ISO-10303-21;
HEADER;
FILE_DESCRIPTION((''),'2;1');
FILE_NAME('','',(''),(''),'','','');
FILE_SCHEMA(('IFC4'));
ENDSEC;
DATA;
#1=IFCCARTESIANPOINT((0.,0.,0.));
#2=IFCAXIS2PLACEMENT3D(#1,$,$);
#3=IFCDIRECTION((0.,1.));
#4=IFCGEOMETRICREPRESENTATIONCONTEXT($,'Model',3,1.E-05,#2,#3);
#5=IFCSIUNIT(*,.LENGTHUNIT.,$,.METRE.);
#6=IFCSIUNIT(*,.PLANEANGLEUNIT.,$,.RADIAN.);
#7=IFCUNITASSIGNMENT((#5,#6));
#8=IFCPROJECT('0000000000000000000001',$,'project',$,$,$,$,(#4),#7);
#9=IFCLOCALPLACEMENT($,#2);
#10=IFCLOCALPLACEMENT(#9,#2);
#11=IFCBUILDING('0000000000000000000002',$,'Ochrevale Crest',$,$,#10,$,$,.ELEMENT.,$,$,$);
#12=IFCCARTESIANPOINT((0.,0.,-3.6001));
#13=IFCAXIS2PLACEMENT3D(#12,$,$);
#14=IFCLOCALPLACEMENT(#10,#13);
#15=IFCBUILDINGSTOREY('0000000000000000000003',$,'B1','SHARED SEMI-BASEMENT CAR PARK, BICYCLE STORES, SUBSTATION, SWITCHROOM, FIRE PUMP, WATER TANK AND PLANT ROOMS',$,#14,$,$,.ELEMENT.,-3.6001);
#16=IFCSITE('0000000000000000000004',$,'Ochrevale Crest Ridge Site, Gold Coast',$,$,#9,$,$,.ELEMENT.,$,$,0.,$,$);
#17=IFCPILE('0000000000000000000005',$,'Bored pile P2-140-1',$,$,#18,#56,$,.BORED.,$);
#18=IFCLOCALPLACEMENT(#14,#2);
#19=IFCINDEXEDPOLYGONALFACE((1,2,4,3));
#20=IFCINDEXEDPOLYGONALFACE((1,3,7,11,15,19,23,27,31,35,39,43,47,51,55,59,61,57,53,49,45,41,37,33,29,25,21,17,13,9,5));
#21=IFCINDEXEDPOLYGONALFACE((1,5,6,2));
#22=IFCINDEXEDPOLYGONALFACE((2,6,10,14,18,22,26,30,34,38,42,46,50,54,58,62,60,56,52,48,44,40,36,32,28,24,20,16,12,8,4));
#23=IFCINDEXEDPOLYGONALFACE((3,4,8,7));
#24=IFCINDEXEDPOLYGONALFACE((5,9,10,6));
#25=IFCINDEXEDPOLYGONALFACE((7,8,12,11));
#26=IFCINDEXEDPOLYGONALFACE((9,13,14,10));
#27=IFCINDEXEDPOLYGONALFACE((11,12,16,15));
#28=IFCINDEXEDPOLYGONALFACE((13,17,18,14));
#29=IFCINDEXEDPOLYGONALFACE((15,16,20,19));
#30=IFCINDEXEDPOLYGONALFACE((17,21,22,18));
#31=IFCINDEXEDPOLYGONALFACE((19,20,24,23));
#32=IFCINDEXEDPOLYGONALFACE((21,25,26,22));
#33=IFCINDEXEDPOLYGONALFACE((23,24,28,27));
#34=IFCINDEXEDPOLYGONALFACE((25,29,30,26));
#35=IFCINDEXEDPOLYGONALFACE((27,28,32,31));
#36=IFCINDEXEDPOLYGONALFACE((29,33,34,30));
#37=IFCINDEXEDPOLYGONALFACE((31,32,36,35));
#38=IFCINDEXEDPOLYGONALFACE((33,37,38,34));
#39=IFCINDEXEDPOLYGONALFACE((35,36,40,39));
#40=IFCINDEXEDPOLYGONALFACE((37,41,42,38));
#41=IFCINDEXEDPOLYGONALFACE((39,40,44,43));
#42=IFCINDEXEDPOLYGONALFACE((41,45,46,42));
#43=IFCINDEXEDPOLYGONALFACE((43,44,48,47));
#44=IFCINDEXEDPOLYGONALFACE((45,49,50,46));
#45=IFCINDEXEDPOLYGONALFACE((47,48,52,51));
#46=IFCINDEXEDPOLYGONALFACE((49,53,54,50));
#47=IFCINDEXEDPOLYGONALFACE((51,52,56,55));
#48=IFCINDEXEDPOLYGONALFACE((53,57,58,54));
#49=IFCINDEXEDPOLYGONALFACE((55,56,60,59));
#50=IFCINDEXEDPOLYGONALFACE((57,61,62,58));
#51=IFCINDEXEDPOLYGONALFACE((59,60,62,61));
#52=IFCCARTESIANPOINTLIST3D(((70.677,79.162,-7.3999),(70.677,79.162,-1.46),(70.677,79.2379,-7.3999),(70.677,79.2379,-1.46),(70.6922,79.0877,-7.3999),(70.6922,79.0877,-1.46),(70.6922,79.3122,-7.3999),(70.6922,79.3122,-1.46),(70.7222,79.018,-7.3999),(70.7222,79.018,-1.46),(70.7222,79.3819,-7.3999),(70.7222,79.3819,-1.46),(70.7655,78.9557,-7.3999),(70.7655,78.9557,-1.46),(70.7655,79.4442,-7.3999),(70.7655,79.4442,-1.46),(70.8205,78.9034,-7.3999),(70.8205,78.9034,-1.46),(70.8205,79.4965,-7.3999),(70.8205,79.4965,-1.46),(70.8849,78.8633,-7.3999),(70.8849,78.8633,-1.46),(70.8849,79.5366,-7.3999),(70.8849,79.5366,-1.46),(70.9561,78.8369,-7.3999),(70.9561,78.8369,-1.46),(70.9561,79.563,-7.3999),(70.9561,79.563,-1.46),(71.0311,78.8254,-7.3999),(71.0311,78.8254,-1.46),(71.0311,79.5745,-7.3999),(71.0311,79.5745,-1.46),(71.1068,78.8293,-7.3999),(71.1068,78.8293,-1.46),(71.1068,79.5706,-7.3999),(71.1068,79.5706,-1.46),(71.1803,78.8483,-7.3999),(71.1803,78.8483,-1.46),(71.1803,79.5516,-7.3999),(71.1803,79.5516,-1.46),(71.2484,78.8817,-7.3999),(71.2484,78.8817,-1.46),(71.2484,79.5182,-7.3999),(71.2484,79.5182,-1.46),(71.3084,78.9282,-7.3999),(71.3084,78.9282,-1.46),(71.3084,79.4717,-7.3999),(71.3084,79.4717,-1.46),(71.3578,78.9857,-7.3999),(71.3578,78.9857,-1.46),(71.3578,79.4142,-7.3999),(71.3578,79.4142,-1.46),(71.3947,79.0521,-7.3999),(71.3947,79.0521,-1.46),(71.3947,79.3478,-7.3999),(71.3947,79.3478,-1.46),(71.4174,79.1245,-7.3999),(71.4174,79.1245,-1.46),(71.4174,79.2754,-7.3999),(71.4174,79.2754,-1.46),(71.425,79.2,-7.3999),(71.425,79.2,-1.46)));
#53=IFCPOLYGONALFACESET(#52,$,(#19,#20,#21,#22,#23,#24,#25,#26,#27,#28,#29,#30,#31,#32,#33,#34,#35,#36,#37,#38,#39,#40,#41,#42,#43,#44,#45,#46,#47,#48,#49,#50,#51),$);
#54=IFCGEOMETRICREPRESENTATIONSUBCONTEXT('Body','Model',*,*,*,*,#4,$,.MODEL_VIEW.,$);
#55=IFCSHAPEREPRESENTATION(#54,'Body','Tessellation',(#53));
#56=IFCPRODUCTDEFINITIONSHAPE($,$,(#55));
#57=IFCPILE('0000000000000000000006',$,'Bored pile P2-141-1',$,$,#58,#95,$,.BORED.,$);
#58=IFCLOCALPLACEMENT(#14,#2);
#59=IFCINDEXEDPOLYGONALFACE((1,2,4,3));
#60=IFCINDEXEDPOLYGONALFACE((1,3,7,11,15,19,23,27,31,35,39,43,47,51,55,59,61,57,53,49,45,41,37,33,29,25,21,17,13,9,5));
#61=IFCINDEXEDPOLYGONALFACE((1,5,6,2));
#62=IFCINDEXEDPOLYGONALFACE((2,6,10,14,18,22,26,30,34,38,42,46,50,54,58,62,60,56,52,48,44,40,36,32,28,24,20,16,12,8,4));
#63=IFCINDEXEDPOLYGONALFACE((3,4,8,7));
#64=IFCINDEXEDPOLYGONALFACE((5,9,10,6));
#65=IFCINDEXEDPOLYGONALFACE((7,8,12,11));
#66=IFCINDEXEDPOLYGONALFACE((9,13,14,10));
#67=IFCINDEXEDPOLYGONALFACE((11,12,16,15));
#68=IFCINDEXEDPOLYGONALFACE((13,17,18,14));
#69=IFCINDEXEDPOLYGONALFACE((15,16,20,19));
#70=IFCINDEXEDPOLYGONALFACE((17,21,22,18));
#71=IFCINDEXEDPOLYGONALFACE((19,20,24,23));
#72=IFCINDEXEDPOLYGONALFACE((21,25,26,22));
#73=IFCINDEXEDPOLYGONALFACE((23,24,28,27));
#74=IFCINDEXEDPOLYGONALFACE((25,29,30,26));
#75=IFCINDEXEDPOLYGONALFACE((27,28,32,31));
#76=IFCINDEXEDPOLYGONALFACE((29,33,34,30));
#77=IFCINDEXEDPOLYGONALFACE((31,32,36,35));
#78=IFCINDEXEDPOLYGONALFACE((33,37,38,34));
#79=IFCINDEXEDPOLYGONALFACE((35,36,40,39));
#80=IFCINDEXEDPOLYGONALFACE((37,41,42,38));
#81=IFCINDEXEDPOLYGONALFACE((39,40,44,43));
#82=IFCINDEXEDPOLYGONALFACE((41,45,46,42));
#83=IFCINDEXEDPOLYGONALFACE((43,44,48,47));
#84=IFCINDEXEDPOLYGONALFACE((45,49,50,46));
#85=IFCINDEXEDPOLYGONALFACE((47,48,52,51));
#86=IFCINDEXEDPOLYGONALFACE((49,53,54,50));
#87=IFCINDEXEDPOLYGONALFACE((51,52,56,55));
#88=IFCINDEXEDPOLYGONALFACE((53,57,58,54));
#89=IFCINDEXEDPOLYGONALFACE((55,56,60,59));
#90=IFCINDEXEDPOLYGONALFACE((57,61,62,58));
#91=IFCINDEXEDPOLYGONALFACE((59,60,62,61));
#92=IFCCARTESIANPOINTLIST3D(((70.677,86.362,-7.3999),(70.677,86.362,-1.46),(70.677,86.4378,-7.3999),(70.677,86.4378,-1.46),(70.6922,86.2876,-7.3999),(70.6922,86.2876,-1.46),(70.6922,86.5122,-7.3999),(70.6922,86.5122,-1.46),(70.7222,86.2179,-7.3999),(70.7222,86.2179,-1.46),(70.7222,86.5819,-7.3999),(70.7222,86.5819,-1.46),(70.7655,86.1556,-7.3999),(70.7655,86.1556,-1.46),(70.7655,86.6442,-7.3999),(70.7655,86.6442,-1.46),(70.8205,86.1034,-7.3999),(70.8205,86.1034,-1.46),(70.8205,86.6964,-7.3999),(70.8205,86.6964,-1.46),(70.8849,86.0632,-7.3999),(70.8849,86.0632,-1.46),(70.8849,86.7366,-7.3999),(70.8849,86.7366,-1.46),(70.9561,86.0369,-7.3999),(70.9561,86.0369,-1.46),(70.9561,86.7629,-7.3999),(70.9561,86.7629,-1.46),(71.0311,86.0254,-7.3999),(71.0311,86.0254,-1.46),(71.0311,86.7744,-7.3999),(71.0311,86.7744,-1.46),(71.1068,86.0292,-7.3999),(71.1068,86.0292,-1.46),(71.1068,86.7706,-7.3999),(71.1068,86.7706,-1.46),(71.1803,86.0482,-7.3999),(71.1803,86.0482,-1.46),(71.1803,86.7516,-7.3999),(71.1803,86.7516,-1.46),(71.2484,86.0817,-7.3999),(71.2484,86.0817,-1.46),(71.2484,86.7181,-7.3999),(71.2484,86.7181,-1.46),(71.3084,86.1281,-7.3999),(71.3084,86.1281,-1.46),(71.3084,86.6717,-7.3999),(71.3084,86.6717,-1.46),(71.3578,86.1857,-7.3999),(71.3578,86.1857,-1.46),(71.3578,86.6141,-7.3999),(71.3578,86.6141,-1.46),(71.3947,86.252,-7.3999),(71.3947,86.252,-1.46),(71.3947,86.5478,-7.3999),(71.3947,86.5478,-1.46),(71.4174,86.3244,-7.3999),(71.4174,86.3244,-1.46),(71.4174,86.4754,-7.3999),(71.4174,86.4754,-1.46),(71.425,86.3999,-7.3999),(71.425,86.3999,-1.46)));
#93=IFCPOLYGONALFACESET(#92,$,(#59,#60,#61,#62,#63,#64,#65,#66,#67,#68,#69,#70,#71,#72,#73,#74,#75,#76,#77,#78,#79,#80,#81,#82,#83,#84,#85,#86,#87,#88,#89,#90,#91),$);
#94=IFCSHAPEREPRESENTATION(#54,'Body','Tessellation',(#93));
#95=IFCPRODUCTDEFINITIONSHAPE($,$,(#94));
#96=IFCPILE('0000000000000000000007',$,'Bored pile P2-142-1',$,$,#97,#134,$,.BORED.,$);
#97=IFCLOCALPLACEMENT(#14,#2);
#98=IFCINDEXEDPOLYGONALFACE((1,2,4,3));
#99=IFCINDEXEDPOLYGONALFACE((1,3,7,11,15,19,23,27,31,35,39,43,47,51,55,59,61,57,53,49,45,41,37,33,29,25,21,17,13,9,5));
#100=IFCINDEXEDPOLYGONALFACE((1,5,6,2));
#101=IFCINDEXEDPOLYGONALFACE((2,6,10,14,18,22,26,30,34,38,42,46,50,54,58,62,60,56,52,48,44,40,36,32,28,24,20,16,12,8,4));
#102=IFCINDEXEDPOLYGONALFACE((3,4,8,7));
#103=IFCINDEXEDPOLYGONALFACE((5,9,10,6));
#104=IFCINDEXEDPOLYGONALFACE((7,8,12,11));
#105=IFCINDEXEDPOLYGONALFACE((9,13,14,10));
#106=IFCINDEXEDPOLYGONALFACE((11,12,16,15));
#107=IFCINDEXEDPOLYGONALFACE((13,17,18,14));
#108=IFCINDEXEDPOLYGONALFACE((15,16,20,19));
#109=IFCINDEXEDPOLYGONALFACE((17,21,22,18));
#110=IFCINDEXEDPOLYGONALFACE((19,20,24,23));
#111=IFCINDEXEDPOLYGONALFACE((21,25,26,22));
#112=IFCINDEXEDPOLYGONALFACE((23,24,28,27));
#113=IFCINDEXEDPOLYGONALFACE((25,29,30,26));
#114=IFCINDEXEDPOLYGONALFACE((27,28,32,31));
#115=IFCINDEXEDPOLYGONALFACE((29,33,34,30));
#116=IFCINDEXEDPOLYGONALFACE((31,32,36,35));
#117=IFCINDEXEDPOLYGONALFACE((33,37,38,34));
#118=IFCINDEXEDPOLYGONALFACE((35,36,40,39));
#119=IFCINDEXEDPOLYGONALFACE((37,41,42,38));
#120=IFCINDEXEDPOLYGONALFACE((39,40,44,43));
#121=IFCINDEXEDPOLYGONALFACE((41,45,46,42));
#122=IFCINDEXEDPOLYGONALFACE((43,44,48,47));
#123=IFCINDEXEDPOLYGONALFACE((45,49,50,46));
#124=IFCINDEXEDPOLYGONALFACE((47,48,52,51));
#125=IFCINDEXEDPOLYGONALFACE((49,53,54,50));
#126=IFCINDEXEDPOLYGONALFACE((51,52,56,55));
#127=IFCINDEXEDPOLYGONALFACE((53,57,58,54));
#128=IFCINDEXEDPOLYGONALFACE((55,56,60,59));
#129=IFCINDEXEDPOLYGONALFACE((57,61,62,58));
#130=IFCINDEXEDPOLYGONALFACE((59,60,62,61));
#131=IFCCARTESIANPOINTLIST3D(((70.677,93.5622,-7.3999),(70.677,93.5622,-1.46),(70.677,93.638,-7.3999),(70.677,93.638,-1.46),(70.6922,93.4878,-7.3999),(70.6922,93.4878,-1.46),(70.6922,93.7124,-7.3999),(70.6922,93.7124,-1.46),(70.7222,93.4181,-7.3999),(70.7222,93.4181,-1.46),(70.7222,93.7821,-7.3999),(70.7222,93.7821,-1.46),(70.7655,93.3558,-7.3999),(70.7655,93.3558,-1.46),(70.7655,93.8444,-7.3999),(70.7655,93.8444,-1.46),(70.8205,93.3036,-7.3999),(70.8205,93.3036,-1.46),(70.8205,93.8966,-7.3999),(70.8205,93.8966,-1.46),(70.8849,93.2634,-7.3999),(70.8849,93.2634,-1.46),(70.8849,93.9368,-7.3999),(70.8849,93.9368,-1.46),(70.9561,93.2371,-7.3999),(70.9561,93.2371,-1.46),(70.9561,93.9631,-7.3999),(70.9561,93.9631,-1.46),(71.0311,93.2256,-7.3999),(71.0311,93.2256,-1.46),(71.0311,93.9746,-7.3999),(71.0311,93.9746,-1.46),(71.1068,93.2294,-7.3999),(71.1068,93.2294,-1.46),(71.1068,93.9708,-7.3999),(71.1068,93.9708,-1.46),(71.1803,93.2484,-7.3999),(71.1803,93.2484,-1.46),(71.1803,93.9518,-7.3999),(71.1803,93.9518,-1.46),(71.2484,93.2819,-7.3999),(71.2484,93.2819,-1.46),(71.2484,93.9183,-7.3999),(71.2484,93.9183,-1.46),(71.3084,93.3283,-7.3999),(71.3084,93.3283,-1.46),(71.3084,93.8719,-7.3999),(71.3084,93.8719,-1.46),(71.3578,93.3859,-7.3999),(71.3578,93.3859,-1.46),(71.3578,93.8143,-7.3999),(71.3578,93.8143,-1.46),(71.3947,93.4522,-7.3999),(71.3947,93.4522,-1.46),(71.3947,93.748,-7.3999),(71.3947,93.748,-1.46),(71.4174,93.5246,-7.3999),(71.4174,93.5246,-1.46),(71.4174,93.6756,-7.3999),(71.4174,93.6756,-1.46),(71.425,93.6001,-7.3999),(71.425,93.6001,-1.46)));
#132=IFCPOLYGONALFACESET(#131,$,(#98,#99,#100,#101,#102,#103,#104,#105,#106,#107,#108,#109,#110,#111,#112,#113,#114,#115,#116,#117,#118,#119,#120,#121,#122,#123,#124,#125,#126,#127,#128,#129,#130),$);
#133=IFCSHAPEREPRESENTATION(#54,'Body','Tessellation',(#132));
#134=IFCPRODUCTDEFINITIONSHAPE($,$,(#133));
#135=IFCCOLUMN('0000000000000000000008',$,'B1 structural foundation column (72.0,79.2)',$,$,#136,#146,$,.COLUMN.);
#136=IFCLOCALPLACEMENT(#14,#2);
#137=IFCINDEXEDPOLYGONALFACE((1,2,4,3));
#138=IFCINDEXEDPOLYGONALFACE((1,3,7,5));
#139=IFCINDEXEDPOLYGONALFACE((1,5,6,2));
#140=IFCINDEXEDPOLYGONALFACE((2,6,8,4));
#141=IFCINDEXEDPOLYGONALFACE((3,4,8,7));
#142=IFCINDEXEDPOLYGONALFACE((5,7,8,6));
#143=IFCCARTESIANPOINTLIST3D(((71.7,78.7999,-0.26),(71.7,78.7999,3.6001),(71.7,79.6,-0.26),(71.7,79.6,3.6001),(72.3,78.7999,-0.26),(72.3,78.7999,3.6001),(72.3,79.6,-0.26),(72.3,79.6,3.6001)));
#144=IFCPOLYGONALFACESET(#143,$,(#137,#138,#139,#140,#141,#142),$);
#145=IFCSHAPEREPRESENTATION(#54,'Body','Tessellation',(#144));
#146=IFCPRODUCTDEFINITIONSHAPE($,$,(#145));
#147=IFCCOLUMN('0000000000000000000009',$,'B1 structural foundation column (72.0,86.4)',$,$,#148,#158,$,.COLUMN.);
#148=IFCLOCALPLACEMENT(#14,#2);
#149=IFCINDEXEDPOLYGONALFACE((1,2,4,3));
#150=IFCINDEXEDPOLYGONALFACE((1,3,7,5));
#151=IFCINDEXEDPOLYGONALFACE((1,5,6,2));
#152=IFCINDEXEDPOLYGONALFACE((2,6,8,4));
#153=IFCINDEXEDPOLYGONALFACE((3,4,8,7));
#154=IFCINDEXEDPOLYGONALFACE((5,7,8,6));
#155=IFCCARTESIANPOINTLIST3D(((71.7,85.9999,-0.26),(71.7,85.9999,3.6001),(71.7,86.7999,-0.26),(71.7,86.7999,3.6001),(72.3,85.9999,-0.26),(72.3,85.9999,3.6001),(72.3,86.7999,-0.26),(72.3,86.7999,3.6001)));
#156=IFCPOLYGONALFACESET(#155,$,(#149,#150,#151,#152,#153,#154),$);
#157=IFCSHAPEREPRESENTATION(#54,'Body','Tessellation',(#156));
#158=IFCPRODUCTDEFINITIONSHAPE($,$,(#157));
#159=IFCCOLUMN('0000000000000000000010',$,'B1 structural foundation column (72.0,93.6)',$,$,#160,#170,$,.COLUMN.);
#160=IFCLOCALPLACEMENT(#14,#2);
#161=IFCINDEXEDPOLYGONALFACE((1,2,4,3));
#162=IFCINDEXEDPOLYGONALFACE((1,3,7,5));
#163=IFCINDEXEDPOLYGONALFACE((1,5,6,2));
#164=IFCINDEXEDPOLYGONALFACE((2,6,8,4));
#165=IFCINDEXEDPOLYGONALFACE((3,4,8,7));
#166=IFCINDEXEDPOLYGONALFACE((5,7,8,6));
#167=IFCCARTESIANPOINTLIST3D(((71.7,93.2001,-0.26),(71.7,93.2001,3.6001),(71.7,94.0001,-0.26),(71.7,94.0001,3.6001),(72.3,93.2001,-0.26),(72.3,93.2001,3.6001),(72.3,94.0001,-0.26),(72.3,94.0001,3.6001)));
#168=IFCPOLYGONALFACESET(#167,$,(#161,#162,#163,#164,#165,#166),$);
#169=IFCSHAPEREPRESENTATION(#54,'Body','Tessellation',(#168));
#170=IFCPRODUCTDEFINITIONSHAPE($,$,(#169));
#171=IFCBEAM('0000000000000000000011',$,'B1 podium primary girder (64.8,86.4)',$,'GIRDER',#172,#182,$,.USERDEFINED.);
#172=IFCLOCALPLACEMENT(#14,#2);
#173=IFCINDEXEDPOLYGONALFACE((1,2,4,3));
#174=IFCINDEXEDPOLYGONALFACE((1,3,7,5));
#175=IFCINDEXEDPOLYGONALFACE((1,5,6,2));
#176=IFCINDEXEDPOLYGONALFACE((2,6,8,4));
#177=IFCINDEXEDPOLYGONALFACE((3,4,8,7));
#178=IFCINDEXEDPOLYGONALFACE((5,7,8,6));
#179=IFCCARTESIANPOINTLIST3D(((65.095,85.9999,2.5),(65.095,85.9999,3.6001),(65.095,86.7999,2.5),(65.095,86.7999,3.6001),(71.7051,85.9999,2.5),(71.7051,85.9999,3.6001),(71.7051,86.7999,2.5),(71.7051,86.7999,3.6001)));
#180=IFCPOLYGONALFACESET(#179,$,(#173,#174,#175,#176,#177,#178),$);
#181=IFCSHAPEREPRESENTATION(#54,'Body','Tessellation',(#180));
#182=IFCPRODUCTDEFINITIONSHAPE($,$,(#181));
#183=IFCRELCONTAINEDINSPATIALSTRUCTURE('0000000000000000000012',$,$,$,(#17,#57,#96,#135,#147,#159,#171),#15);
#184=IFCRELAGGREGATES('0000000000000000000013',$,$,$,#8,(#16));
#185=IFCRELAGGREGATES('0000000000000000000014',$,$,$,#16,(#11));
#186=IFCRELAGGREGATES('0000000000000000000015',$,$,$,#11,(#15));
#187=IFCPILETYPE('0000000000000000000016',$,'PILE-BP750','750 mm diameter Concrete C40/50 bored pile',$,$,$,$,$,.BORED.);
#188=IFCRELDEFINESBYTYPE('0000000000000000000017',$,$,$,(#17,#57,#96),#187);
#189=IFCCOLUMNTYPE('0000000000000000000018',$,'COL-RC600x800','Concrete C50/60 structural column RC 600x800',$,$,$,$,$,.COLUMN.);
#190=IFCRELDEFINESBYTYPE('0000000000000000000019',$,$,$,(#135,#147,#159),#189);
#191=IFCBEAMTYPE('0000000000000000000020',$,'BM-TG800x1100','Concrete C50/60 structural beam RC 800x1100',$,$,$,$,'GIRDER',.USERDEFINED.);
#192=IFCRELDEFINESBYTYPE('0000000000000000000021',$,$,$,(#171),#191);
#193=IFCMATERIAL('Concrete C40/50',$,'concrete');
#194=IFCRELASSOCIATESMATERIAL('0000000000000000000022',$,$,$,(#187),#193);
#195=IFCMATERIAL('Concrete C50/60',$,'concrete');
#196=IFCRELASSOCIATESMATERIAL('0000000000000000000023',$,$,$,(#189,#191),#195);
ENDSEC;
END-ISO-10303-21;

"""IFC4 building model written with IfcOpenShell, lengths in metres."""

from ifc_helpers import new_model, si_unit, direction, frame, origin, origin_2d, place, context, subcontext, project, spatial, rectangle, circle, extrude, material, material_profile, profile_set, type_object, element, save


model = new_model("IFC4")

# Units and contexts
model_context = context("Model", 3, precision=1e-05, world=origin(), true_north=direction((0.0, 1.0)))
body_context = subcontext(model_context, "Body", "Model", "MODEL_VIEW")
ifc_project = project(units=[si_unit("LENGTHUNIT", "METRE"), si_unit("PLANEANGLEUNIT", "RADIAN")], contexts=[model_context])

# Site, building, storey
site_placement = place(None, origin())
site = spatial("IfcSite", under=ifc_project, at=site_placement, Name="Ochrevale Crest Ridge Site, Gold Coast", CompositionType="ELEMENT", RefElevation=0.0)
building_placement = place(site_placement, origin())
building = spatial("IfcBuilding", under=site, at=building_placement, Name="Ochrevale Crest", CompositionType="ELEMENT")
storey_placement = place(building_placement, frame((0.0, 0.0, -3.6001)))
storey = spatial("IfcBuildingStorey", under=building, at=storey_placement, Name="B1", Description="SHARED SEMI-BASEMENT CAR PARK, BICYCLE STORES, SUBSTATION, SWITCHROOM, FIRE PUMP, WATER TANK AND PLANT ROOMS", CompositionType="ELEMENT", Elevation=-3.6001)

# Shared definitions
ifc_material_1 = material(Name="Concrete C40/50", Category="concrete")

# Piles
ifc_material_profile_1 = material_profile(ifc_material_1, circle(Radius=0.375, at=origin_2d()), Name="BORED PILE 750")
ifc_profile_set_1 = profile_set([ifc_material_profile_1], Name="Concrete C40/50")
pile_type = type_object("IfcPileType", Name="PILE-BP750", Description="750 mm diameter Concrete C40/50 bored pile", PredefinedType="BORED", material=ifc_profile_set_1)
for number, where, z_axis, x_axis, name in (
    (1, (71.05, 79.2, -1.46), (0.0, 0.0, -1.0), (1.0, 0.0, 0.0), "Bored pile P2-140-1"),
    (2, (71.05, 86.3999, -1.46), (0.0, 0.0, -1.0), (1.0, 0.0, 0.0), "Bored pile P2-141-1"),
    (3, (71.05, 93.6001, -1.46), (0.0, 0.0, -1.0), (1.0, 0.0, 0.0), "Bored pile P2-142-1"),
):
    element("IfcPile", number, at=place(storey_placement, frame(where, z_axis=z_axis, x_axis=x_axis)), inside=storey, type_object=pile_type, Name=name, PredefinedType="BORED", context=body_context, shape_type="SweptSolid", body=[
        extrude(circle(Radius=0.375, at=origin_2d()), origin(), (0.0, 0.0, 1.0), 5.9399),
    ])

# Columns
ifc_material_2 = material(Name="Concrete C50/60", Category="concrete")
ifc_material_profile_2 = material_profile(ifc_material_2, rectangle(XDim=0.6001, YDim=0.8, at=origin_2d()), Name="RC 600x800")
ifc_profile_set_2 = profile_set([ifc_material_profile_2], Name="Concrete C50/60")
column_type = type_object("IfcColumnType", Name="COL-RC600x800", Description="Concrete C50/60 structural column RC 600x800", PredefinedType="COLUMN", material=ifc_profile_set_2)
for number, where, z_axis, x_axis, name in (
    (4, (72.0, 79.2, -0.26), (0.0, 0.0, 1.0), (1.0, 0.0, 0.0), "B1 structural foundation column (72.0,79.2)"),
    (5, (72.0, 86.3999, -0.26), (0.0, 0.0, 1.0), (1.0, 0.0, 0.0), "B1 structural foundation column (72.0,86.4)"),
    (6, (72.0, 93.6001, -0.26), (0.0, 0.0, 1.0), (1.0, 0.0, 0.0), "B1 structural foundation column (72.0,93.6)"),
):
    element("IfcColumn", number, at=place(storey_placement, frame(where, z_axis=z_axis, x_axis=x_axis)), inside=storey, type_object=column_type, Name=name, PredefinedType="COLUMN", context=body_context, shape_type="SweptSolid", body=[
        extrude(rectangle(XDim=0.6001, YDim=0.8, at=origin_2d()), origin(), (0.0, 0.0, 1.0), 3.8601),
    ])

# Beam
ifc_material_profile_3 = material_profile(ifc_material_2, rectangle(XDim=0.8, YDim=1.1001, at=origin_2d()), Name="RC 800x1100")
ifc_profile_set_3 = profile_set([ifc_material_profile_3], Name="Concrete C50/60")
beam_type_1 = type_object("IfcBeamType", Name="BM-TG800x1100", Description="Concrete C50/60 structural beam RC 800x1100", ElementType="GIRDER", PredefinedType="USERDEFINED", material=ifc_profile_set_3)
beam_1_placement = place(storey_placement, frame((65.095, 86.3999, 3.05), z_axis=(1.0, 0.0, 0.0), x_axis=(0.0, 1.0, 0.0)))
element("IfcBeam", 7, at=beam_1_placement, inside=storey, type_object=beam_type_1, Name="B1 podium primary girder (64.8,86.4)", ObjectType="GIRDER", PredefinedType="USERDEFINED", context=body_context, shape_type="SweptSolid", body=[
    extrude(rectangle(XDim=0.8, YDim=1.1001, at=origin_2d()), origin(), (0.0, 0.0, 1.0), 6.6101),
])

save(model, "model.ifc")
